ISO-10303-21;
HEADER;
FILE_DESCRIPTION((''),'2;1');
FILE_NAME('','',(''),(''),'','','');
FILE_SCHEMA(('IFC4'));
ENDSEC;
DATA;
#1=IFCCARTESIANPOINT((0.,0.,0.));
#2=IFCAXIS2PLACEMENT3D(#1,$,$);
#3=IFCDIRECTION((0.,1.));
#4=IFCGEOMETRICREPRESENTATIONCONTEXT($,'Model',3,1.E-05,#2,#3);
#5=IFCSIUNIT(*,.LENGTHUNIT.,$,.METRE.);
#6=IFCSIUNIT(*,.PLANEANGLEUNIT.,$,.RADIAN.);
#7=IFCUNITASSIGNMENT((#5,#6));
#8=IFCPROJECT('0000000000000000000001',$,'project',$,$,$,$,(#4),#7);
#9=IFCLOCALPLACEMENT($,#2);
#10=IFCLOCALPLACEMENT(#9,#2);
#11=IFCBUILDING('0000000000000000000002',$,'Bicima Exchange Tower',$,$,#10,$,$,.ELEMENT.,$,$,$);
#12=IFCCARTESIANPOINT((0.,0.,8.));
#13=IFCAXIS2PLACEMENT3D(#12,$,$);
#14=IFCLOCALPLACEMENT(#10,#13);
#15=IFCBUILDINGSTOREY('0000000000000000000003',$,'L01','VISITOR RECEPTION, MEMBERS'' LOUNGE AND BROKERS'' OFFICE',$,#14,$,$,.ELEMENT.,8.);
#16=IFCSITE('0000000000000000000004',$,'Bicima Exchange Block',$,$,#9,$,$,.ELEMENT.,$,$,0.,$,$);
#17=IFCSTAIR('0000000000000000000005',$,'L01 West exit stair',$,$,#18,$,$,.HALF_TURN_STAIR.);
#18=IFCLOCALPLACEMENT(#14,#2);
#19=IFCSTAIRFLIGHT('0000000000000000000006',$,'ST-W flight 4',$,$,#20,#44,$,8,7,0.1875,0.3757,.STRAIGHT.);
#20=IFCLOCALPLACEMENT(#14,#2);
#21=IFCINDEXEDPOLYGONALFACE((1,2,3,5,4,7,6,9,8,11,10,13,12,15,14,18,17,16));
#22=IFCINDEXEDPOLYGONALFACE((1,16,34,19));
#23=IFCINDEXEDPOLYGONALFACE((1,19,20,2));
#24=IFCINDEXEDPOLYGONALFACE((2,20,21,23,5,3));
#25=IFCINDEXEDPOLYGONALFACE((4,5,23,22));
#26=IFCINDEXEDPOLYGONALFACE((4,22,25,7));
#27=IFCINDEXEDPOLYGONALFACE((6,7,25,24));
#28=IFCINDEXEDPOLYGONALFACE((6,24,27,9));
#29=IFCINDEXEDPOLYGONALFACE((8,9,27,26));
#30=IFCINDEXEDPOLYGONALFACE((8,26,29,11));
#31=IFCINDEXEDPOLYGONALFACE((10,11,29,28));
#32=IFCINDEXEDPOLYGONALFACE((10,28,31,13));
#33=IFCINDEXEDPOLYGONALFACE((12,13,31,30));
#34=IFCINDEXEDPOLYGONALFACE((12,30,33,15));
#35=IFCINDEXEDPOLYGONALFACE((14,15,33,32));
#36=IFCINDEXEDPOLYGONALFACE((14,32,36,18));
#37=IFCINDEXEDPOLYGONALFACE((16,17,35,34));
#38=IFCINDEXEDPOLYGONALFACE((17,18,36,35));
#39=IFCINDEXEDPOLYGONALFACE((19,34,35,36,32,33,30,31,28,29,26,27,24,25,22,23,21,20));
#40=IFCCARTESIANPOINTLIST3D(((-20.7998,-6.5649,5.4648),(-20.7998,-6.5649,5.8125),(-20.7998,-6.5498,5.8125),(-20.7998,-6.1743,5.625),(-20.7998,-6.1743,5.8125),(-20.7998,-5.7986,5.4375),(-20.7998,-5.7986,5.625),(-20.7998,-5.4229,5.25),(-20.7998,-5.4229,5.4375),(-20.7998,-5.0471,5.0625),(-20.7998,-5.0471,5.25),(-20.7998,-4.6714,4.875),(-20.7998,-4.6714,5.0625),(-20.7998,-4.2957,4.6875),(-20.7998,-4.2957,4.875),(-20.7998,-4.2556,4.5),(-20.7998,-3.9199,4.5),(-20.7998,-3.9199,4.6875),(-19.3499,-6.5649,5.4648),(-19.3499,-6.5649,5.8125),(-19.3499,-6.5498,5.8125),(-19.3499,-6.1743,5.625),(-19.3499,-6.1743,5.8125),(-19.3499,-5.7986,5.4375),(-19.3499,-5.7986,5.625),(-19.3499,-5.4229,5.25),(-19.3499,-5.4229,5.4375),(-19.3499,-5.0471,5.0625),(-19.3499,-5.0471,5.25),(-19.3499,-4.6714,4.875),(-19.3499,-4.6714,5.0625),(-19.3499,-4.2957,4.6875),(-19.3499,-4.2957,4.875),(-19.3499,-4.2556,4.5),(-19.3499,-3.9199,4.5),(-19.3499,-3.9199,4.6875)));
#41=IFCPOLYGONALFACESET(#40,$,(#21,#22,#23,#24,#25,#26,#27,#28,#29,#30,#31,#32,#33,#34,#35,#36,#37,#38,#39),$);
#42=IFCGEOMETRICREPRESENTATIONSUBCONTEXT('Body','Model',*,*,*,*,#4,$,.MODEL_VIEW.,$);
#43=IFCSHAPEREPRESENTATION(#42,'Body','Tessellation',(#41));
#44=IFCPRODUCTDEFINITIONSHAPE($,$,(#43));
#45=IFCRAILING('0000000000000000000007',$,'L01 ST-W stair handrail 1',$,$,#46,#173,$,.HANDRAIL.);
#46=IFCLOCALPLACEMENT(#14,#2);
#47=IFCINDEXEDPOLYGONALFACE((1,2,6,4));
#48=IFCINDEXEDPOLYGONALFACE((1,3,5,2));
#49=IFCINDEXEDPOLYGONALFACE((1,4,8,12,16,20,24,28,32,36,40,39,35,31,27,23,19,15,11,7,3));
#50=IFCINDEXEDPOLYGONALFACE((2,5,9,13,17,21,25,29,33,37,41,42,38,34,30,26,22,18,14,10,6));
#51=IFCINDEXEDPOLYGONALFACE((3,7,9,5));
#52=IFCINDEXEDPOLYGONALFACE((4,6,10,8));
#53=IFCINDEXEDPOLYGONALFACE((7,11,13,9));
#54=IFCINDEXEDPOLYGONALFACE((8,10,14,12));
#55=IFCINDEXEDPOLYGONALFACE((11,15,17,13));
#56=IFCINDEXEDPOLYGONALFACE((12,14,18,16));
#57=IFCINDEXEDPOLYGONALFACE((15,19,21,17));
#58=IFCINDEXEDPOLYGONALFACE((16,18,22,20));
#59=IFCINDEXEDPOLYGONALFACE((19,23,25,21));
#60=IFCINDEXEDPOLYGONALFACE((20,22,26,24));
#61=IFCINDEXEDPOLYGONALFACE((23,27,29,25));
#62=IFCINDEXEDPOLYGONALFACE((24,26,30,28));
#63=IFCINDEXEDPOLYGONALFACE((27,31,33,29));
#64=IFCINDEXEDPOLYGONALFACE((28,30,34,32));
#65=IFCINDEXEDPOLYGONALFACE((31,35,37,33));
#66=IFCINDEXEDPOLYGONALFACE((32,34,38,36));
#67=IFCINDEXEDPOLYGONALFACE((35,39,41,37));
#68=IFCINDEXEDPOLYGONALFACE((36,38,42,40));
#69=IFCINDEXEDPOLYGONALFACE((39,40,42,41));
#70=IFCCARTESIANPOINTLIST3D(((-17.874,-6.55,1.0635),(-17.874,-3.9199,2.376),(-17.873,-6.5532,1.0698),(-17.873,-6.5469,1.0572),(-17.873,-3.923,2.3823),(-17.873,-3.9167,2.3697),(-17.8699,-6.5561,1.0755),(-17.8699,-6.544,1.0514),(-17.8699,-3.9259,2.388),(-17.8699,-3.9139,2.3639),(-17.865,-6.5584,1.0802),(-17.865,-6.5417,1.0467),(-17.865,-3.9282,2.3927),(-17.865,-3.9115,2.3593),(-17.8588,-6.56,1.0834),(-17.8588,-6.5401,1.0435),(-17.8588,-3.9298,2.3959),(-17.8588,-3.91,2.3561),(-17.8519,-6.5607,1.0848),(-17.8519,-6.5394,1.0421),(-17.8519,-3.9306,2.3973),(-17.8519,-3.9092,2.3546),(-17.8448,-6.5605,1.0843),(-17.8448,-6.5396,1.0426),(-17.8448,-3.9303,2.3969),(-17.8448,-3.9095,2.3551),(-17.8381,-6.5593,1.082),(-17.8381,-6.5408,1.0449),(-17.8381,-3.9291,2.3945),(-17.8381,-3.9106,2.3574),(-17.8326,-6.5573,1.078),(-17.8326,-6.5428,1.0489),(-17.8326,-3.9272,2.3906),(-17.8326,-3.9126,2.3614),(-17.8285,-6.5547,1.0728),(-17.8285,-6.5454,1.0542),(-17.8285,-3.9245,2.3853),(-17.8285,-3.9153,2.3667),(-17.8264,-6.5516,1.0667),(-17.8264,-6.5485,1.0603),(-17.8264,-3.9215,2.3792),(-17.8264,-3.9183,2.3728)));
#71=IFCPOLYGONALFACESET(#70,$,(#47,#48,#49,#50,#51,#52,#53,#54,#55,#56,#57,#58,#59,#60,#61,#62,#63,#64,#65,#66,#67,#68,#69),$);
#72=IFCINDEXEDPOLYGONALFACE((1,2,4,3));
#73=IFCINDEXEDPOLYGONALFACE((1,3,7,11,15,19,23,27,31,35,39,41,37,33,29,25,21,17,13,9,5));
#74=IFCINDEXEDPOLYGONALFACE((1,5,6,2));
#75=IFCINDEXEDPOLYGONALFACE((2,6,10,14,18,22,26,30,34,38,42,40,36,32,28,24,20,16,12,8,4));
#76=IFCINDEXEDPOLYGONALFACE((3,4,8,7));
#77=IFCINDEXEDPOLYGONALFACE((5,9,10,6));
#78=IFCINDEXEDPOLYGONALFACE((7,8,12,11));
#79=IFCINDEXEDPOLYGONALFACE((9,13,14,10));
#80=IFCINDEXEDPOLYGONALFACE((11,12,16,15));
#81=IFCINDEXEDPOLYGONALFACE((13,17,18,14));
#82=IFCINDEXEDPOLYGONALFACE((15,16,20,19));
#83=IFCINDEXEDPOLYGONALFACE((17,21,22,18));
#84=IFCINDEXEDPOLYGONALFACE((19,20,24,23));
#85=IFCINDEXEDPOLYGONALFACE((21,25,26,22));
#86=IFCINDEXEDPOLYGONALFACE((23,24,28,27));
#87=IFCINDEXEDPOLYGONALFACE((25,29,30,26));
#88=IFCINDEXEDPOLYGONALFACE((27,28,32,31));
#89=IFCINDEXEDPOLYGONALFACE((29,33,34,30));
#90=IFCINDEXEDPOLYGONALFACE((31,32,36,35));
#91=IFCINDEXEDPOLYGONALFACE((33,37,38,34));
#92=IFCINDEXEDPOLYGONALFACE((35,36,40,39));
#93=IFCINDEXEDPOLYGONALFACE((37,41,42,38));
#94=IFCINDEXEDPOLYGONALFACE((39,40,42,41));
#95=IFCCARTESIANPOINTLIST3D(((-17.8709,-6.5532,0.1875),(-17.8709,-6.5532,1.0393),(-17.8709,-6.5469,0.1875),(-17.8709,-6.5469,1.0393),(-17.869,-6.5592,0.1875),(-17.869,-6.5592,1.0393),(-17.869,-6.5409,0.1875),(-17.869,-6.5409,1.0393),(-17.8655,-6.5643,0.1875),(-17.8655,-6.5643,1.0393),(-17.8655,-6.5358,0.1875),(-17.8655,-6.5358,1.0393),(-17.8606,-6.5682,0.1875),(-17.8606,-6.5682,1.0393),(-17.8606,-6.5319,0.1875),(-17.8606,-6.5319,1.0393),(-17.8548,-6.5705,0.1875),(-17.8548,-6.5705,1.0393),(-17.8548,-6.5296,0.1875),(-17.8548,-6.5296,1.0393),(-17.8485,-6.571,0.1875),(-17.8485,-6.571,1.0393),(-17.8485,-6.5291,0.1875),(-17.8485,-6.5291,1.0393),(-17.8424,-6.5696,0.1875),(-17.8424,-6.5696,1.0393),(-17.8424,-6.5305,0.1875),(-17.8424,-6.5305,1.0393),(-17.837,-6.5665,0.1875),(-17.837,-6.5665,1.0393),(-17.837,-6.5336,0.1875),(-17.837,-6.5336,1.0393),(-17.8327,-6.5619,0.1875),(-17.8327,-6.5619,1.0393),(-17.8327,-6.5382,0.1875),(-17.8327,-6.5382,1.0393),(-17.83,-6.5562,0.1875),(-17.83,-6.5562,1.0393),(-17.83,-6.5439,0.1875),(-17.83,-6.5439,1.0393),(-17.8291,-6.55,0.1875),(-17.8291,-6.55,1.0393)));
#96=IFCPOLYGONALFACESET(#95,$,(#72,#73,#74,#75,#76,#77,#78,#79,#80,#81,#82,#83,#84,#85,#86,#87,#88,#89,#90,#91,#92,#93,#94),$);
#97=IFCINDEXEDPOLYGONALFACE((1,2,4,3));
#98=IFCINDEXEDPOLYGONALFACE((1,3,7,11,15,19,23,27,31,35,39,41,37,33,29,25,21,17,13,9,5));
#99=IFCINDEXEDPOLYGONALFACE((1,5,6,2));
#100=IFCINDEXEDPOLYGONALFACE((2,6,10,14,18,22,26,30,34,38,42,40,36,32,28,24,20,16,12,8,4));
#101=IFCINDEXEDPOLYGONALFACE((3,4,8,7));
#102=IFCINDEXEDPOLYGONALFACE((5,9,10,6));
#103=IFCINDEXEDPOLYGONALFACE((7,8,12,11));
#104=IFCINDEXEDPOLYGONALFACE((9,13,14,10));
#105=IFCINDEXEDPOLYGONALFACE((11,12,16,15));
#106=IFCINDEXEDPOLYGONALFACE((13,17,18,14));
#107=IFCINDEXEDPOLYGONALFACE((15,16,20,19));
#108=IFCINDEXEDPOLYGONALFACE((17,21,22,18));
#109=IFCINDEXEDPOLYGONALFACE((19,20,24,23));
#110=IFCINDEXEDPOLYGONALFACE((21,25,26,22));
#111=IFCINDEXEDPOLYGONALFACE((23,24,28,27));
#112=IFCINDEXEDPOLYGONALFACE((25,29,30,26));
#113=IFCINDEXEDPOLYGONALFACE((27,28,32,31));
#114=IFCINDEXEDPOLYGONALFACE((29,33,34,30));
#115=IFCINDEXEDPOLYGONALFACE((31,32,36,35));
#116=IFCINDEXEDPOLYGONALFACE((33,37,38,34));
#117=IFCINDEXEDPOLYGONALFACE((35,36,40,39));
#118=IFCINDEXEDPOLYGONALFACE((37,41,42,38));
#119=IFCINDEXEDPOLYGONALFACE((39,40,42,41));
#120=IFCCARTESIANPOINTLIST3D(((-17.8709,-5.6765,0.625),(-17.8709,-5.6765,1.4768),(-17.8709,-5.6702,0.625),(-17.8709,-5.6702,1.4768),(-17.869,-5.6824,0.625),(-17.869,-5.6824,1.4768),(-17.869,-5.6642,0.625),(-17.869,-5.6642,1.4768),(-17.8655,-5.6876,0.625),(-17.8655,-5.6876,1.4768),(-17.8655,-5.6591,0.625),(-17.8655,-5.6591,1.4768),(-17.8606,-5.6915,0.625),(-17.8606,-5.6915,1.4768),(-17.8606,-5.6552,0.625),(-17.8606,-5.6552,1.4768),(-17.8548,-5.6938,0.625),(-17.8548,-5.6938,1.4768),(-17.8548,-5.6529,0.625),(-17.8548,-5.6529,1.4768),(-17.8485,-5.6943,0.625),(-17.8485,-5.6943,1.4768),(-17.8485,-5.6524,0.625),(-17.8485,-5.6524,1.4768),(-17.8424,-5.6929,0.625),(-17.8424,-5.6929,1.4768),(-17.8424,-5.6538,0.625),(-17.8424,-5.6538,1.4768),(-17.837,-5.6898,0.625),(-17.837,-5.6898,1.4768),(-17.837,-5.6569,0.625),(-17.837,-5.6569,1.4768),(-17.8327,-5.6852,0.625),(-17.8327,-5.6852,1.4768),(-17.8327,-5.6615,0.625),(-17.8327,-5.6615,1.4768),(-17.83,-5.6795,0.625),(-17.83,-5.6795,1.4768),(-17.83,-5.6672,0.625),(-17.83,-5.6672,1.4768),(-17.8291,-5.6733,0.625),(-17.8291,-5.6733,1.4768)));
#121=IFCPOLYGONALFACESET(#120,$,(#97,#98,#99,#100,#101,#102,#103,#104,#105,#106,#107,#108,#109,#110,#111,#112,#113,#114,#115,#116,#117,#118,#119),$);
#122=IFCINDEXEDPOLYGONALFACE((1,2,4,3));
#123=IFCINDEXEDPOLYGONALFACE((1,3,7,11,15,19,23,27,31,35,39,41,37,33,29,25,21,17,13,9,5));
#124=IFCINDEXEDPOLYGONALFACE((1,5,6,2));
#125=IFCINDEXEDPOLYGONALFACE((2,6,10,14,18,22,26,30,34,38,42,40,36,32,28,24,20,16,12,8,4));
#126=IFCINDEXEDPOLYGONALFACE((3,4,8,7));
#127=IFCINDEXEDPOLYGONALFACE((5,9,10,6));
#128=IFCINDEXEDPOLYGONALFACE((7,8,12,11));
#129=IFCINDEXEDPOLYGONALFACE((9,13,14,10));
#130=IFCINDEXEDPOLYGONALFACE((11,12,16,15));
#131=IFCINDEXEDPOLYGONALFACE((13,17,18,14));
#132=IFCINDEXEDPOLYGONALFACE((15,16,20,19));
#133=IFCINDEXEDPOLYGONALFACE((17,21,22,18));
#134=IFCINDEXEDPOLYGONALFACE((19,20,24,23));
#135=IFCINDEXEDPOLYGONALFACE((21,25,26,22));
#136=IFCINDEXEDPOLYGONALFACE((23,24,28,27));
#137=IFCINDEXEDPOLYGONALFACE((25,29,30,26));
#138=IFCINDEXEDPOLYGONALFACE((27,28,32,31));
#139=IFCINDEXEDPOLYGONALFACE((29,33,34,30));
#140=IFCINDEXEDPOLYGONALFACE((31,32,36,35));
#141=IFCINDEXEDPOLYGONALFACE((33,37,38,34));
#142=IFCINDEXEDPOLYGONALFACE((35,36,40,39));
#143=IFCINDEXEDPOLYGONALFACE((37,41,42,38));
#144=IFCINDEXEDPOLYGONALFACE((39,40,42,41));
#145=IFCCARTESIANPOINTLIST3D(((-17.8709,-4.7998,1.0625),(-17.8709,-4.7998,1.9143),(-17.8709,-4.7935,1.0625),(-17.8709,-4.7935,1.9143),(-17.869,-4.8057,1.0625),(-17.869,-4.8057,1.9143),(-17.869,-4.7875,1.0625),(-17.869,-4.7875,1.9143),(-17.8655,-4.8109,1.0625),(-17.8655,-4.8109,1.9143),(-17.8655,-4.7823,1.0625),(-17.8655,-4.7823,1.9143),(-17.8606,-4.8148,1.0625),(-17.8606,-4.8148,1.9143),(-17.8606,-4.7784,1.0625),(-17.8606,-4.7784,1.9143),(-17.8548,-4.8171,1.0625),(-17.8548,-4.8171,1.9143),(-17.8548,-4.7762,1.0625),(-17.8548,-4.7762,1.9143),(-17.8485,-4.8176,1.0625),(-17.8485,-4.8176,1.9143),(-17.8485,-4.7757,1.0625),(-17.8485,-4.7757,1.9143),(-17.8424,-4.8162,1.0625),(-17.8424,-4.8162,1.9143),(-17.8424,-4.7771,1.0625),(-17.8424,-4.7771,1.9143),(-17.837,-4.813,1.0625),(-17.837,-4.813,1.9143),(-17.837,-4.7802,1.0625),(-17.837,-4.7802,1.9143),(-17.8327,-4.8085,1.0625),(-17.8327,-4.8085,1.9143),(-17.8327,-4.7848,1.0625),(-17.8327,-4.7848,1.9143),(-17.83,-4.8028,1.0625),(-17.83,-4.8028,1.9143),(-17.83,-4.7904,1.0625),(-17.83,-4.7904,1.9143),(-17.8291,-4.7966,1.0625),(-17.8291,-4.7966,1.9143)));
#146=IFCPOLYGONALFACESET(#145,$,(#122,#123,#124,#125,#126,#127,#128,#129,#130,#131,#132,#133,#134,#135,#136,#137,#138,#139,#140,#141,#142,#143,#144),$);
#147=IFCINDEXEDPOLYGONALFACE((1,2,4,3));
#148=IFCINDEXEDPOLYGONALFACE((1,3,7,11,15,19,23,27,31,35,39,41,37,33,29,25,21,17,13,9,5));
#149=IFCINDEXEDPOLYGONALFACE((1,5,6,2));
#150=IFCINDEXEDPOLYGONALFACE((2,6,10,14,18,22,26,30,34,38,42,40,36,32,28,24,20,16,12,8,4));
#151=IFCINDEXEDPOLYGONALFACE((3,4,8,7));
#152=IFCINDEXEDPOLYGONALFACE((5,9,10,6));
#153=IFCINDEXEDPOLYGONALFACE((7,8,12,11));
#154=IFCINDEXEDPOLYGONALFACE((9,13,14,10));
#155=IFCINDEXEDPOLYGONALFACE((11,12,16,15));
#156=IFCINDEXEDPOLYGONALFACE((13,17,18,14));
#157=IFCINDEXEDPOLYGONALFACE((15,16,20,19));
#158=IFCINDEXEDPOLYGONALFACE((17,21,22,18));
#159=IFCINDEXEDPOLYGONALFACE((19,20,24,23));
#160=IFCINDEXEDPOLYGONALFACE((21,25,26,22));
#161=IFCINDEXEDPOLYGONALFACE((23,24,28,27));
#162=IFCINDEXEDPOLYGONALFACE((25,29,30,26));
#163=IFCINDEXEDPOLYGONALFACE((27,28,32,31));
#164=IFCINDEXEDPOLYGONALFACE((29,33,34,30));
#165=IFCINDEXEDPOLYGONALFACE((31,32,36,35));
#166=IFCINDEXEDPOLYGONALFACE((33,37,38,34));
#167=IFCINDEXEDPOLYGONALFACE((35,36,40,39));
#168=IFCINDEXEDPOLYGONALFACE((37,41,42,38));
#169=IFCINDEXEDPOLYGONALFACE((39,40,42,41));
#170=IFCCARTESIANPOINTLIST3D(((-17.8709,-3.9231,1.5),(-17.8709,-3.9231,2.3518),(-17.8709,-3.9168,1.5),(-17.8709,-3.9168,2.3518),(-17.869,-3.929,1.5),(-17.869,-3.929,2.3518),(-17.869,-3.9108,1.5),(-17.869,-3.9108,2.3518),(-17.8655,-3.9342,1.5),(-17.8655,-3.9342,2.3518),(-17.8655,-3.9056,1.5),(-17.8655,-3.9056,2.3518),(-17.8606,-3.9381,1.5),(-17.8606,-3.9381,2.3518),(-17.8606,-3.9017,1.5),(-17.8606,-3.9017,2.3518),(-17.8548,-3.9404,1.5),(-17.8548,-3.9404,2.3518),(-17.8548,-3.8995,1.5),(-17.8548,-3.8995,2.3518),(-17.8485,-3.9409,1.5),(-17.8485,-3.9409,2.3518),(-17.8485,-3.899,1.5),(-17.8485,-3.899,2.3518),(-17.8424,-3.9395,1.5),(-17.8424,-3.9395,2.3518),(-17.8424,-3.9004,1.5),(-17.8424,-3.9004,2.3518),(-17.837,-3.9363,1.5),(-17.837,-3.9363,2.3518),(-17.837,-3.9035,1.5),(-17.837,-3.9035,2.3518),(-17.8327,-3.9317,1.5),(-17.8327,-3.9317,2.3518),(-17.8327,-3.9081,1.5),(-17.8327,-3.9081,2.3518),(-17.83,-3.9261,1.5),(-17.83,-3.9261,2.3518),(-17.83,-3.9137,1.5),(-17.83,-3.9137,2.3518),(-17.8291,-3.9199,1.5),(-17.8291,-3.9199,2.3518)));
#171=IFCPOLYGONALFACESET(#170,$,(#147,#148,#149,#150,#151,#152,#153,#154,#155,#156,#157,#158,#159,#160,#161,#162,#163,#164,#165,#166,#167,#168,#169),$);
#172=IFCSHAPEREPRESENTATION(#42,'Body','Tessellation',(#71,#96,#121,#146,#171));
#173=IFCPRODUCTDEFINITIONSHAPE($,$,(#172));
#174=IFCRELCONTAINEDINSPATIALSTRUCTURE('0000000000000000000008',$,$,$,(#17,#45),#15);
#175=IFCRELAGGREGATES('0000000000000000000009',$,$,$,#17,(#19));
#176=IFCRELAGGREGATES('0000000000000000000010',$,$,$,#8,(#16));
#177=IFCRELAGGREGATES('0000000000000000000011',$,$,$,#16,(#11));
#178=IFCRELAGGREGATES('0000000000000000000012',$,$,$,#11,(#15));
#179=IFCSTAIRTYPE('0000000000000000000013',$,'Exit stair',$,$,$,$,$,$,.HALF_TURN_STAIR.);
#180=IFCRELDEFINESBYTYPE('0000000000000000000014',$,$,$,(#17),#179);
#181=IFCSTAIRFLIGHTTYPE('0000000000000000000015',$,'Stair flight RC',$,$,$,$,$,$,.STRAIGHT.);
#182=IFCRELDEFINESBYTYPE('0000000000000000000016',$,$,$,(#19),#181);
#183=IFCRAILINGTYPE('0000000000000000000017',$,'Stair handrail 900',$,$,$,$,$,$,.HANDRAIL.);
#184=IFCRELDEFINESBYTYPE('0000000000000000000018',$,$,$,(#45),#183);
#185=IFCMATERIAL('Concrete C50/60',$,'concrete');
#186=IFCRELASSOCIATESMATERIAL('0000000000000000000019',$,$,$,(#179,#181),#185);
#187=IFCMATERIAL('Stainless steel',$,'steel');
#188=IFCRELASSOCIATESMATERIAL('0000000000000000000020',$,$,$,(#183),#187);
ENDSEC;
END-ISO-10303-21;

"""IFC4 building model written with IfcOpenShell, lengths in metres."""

from ifc_helpers import new_model, si_unit, direction, frame, origin, origin_2d, place, context, subcontext, project, spatial, polyline, circle, outline, extrude, material, type_object, element, aggregate, save


model = new_model("IFC4")

# Units and contexts
model_context = context("Model", 3, precision=1e-05, world=origin(), true_north=direction((0.0, 1.0)))
body_context = subcontext(model_context, "Body", "Model", "MODEL_VIEW")
ifc_project = project(units=[si_unit("LENGTHUNIT", "METRE"), si_unit("PLANEANGLEUNIT", "RADIAN")], contexts=[model_context])

# Site, building, storey
site_placement = place(None, origin())
site = spatial("IfcSite", under=ifc_project, at=site_placement, Name="Bicima Exchange Block", CompositionType="ELEMENT", RefElevation=0.0)
building_placement = place(site_placement, origin())
building = spatial("IfcBuilding", under=site, at=building_placement, Name="Bicima Exchange Tower", CompositionType="ELEMENT")
storey_placement = place(building_placement, frame((0.0, 0.0, 8.0)))
storey = spatial("IfcBuildingStorey", under=building, at=storey_placement, Name="L01", Description="VISITOR RECEPTION, MEMBERS' LOUNGE AND BROKERS' OFFICE", CompositionType="ELEMENT", Elevation=8.0)

# Shared definitions
ifc_material_1 = material(Name="Concrete C50/60", Category="concrete")

# Stair, stair flight
stair_type = type_object("IfcStairType", Name="Exit stair", PredefinedType="HALF_TURN_STAIR", material=ifc_material_1)
stair_placement = place(storey_placement, origin())
stair = element("IfcStair", 1, at=stair_placement, inside=storey, type_object=stair_type, Name="L01 West exit stair", PredefinedType="HALF_TURN_STAIR")
stair_flight_type = type_object("IfcStairFlightType", Name="Stair flight RC", PredefinedType="STRAIGHT", material=ifc_material_1)
stair_flight_1_placement = place(storey_placement, frame((-20.075, -3.9199, 4.5), z_axis=(0.0, 0.0, 1.0), x_axis=(0.0, -1.0, 0.0)))
stair_flight_1 = element("IfcStairFlight", 2, at=stair_flight_1_placement, type_object=stair_flight_type, Name="ST-W flight 4", NumberOfRisers=8, NumberOfTreads=7, PredefinedType="STRAIGHT", RiserHeight=0.1875, TreadLength=0.3757, context=body_context, shape_type="SweptSolid", body=[
    extrude(outline(polyline([(0.0, 0.0), (0.0, 0.1875), (0.3757, 0.1875), (0.3757, 0.375), (0.7515, 0.375), (0.7515, 0.5625), (1.1272, 0.5625), (1.1272, 0.75), (1.5029, 0.75), (1.5029, 0.9375), (1.8787, 0.9375), (1.8787, 1.125), (2.2544, 1.125), (2.2544, 1.3125), (2.6299, 1.3125), (2.645, 1.3125), (2.645, 0.9648), (0.3357, 0.0), (0.0, 0.0)])), frame((0.0, 0.7251, 0.0), z_axis=(0.0, -1.0, 0.0), x_axis=(1.0, 0.0, 0.0)), (0.0, 0.0, 1.0), 1.45),
])
aggregate(stair, [stair_flight_1])

# Railing
ifc_material_2 = material(Name="Stainless steel", Category="steel")
railing_type_1 = type_object("IfcRailingType", Name="Stair handrail 900", PredefinedType="HANDRAIL", material=ifc_material_2)
railing_1_placement = place(storey_placement, frame((-17.8501, -6.55, 0.1875)))
element("IfcRailing", 3, at=railing_1_placement, inside=storey, type_object=railing_type_1, Name="L01 ST-W stair handrail 1", PredefinedType="HANDRAIL", context=body_context, shape_type="SweptSolid", body=[
    extrude(circle(Radius=0.0239, at=origin_2d()), frame((0.0, 0.0, 0.876), z_axis=(0.0, 0.894776, 0.446516), x_axis=(-1.0, 0.0, 0.0)), (0.0, 0.0, 1.0), 2.9395),
    extrude(circle(Radius=0.021, at=origin_2d()), origin(), (0.0, 0.0, 1.0), 0.8518),
    extrude(circle(Radius=0.021, at=origin_2d()), frame((0.0, 0.8767, 0.4375)), (0.0, 0.0, 1.0), 0.8518),
    extrude(circle(Radius=0.021, at=origin_2d()), frame((0.0, 1.7534, 0.875)), (0.0, 0.0, 1.0), 0.8518),
    extrude(circle(Radius=0.021, at=origin_2d()), frame((0.0, 2.6301, 1.3125)), (0.0, 0.0, 1.0), 0.8518),
])

save(model, "model.ifc")
